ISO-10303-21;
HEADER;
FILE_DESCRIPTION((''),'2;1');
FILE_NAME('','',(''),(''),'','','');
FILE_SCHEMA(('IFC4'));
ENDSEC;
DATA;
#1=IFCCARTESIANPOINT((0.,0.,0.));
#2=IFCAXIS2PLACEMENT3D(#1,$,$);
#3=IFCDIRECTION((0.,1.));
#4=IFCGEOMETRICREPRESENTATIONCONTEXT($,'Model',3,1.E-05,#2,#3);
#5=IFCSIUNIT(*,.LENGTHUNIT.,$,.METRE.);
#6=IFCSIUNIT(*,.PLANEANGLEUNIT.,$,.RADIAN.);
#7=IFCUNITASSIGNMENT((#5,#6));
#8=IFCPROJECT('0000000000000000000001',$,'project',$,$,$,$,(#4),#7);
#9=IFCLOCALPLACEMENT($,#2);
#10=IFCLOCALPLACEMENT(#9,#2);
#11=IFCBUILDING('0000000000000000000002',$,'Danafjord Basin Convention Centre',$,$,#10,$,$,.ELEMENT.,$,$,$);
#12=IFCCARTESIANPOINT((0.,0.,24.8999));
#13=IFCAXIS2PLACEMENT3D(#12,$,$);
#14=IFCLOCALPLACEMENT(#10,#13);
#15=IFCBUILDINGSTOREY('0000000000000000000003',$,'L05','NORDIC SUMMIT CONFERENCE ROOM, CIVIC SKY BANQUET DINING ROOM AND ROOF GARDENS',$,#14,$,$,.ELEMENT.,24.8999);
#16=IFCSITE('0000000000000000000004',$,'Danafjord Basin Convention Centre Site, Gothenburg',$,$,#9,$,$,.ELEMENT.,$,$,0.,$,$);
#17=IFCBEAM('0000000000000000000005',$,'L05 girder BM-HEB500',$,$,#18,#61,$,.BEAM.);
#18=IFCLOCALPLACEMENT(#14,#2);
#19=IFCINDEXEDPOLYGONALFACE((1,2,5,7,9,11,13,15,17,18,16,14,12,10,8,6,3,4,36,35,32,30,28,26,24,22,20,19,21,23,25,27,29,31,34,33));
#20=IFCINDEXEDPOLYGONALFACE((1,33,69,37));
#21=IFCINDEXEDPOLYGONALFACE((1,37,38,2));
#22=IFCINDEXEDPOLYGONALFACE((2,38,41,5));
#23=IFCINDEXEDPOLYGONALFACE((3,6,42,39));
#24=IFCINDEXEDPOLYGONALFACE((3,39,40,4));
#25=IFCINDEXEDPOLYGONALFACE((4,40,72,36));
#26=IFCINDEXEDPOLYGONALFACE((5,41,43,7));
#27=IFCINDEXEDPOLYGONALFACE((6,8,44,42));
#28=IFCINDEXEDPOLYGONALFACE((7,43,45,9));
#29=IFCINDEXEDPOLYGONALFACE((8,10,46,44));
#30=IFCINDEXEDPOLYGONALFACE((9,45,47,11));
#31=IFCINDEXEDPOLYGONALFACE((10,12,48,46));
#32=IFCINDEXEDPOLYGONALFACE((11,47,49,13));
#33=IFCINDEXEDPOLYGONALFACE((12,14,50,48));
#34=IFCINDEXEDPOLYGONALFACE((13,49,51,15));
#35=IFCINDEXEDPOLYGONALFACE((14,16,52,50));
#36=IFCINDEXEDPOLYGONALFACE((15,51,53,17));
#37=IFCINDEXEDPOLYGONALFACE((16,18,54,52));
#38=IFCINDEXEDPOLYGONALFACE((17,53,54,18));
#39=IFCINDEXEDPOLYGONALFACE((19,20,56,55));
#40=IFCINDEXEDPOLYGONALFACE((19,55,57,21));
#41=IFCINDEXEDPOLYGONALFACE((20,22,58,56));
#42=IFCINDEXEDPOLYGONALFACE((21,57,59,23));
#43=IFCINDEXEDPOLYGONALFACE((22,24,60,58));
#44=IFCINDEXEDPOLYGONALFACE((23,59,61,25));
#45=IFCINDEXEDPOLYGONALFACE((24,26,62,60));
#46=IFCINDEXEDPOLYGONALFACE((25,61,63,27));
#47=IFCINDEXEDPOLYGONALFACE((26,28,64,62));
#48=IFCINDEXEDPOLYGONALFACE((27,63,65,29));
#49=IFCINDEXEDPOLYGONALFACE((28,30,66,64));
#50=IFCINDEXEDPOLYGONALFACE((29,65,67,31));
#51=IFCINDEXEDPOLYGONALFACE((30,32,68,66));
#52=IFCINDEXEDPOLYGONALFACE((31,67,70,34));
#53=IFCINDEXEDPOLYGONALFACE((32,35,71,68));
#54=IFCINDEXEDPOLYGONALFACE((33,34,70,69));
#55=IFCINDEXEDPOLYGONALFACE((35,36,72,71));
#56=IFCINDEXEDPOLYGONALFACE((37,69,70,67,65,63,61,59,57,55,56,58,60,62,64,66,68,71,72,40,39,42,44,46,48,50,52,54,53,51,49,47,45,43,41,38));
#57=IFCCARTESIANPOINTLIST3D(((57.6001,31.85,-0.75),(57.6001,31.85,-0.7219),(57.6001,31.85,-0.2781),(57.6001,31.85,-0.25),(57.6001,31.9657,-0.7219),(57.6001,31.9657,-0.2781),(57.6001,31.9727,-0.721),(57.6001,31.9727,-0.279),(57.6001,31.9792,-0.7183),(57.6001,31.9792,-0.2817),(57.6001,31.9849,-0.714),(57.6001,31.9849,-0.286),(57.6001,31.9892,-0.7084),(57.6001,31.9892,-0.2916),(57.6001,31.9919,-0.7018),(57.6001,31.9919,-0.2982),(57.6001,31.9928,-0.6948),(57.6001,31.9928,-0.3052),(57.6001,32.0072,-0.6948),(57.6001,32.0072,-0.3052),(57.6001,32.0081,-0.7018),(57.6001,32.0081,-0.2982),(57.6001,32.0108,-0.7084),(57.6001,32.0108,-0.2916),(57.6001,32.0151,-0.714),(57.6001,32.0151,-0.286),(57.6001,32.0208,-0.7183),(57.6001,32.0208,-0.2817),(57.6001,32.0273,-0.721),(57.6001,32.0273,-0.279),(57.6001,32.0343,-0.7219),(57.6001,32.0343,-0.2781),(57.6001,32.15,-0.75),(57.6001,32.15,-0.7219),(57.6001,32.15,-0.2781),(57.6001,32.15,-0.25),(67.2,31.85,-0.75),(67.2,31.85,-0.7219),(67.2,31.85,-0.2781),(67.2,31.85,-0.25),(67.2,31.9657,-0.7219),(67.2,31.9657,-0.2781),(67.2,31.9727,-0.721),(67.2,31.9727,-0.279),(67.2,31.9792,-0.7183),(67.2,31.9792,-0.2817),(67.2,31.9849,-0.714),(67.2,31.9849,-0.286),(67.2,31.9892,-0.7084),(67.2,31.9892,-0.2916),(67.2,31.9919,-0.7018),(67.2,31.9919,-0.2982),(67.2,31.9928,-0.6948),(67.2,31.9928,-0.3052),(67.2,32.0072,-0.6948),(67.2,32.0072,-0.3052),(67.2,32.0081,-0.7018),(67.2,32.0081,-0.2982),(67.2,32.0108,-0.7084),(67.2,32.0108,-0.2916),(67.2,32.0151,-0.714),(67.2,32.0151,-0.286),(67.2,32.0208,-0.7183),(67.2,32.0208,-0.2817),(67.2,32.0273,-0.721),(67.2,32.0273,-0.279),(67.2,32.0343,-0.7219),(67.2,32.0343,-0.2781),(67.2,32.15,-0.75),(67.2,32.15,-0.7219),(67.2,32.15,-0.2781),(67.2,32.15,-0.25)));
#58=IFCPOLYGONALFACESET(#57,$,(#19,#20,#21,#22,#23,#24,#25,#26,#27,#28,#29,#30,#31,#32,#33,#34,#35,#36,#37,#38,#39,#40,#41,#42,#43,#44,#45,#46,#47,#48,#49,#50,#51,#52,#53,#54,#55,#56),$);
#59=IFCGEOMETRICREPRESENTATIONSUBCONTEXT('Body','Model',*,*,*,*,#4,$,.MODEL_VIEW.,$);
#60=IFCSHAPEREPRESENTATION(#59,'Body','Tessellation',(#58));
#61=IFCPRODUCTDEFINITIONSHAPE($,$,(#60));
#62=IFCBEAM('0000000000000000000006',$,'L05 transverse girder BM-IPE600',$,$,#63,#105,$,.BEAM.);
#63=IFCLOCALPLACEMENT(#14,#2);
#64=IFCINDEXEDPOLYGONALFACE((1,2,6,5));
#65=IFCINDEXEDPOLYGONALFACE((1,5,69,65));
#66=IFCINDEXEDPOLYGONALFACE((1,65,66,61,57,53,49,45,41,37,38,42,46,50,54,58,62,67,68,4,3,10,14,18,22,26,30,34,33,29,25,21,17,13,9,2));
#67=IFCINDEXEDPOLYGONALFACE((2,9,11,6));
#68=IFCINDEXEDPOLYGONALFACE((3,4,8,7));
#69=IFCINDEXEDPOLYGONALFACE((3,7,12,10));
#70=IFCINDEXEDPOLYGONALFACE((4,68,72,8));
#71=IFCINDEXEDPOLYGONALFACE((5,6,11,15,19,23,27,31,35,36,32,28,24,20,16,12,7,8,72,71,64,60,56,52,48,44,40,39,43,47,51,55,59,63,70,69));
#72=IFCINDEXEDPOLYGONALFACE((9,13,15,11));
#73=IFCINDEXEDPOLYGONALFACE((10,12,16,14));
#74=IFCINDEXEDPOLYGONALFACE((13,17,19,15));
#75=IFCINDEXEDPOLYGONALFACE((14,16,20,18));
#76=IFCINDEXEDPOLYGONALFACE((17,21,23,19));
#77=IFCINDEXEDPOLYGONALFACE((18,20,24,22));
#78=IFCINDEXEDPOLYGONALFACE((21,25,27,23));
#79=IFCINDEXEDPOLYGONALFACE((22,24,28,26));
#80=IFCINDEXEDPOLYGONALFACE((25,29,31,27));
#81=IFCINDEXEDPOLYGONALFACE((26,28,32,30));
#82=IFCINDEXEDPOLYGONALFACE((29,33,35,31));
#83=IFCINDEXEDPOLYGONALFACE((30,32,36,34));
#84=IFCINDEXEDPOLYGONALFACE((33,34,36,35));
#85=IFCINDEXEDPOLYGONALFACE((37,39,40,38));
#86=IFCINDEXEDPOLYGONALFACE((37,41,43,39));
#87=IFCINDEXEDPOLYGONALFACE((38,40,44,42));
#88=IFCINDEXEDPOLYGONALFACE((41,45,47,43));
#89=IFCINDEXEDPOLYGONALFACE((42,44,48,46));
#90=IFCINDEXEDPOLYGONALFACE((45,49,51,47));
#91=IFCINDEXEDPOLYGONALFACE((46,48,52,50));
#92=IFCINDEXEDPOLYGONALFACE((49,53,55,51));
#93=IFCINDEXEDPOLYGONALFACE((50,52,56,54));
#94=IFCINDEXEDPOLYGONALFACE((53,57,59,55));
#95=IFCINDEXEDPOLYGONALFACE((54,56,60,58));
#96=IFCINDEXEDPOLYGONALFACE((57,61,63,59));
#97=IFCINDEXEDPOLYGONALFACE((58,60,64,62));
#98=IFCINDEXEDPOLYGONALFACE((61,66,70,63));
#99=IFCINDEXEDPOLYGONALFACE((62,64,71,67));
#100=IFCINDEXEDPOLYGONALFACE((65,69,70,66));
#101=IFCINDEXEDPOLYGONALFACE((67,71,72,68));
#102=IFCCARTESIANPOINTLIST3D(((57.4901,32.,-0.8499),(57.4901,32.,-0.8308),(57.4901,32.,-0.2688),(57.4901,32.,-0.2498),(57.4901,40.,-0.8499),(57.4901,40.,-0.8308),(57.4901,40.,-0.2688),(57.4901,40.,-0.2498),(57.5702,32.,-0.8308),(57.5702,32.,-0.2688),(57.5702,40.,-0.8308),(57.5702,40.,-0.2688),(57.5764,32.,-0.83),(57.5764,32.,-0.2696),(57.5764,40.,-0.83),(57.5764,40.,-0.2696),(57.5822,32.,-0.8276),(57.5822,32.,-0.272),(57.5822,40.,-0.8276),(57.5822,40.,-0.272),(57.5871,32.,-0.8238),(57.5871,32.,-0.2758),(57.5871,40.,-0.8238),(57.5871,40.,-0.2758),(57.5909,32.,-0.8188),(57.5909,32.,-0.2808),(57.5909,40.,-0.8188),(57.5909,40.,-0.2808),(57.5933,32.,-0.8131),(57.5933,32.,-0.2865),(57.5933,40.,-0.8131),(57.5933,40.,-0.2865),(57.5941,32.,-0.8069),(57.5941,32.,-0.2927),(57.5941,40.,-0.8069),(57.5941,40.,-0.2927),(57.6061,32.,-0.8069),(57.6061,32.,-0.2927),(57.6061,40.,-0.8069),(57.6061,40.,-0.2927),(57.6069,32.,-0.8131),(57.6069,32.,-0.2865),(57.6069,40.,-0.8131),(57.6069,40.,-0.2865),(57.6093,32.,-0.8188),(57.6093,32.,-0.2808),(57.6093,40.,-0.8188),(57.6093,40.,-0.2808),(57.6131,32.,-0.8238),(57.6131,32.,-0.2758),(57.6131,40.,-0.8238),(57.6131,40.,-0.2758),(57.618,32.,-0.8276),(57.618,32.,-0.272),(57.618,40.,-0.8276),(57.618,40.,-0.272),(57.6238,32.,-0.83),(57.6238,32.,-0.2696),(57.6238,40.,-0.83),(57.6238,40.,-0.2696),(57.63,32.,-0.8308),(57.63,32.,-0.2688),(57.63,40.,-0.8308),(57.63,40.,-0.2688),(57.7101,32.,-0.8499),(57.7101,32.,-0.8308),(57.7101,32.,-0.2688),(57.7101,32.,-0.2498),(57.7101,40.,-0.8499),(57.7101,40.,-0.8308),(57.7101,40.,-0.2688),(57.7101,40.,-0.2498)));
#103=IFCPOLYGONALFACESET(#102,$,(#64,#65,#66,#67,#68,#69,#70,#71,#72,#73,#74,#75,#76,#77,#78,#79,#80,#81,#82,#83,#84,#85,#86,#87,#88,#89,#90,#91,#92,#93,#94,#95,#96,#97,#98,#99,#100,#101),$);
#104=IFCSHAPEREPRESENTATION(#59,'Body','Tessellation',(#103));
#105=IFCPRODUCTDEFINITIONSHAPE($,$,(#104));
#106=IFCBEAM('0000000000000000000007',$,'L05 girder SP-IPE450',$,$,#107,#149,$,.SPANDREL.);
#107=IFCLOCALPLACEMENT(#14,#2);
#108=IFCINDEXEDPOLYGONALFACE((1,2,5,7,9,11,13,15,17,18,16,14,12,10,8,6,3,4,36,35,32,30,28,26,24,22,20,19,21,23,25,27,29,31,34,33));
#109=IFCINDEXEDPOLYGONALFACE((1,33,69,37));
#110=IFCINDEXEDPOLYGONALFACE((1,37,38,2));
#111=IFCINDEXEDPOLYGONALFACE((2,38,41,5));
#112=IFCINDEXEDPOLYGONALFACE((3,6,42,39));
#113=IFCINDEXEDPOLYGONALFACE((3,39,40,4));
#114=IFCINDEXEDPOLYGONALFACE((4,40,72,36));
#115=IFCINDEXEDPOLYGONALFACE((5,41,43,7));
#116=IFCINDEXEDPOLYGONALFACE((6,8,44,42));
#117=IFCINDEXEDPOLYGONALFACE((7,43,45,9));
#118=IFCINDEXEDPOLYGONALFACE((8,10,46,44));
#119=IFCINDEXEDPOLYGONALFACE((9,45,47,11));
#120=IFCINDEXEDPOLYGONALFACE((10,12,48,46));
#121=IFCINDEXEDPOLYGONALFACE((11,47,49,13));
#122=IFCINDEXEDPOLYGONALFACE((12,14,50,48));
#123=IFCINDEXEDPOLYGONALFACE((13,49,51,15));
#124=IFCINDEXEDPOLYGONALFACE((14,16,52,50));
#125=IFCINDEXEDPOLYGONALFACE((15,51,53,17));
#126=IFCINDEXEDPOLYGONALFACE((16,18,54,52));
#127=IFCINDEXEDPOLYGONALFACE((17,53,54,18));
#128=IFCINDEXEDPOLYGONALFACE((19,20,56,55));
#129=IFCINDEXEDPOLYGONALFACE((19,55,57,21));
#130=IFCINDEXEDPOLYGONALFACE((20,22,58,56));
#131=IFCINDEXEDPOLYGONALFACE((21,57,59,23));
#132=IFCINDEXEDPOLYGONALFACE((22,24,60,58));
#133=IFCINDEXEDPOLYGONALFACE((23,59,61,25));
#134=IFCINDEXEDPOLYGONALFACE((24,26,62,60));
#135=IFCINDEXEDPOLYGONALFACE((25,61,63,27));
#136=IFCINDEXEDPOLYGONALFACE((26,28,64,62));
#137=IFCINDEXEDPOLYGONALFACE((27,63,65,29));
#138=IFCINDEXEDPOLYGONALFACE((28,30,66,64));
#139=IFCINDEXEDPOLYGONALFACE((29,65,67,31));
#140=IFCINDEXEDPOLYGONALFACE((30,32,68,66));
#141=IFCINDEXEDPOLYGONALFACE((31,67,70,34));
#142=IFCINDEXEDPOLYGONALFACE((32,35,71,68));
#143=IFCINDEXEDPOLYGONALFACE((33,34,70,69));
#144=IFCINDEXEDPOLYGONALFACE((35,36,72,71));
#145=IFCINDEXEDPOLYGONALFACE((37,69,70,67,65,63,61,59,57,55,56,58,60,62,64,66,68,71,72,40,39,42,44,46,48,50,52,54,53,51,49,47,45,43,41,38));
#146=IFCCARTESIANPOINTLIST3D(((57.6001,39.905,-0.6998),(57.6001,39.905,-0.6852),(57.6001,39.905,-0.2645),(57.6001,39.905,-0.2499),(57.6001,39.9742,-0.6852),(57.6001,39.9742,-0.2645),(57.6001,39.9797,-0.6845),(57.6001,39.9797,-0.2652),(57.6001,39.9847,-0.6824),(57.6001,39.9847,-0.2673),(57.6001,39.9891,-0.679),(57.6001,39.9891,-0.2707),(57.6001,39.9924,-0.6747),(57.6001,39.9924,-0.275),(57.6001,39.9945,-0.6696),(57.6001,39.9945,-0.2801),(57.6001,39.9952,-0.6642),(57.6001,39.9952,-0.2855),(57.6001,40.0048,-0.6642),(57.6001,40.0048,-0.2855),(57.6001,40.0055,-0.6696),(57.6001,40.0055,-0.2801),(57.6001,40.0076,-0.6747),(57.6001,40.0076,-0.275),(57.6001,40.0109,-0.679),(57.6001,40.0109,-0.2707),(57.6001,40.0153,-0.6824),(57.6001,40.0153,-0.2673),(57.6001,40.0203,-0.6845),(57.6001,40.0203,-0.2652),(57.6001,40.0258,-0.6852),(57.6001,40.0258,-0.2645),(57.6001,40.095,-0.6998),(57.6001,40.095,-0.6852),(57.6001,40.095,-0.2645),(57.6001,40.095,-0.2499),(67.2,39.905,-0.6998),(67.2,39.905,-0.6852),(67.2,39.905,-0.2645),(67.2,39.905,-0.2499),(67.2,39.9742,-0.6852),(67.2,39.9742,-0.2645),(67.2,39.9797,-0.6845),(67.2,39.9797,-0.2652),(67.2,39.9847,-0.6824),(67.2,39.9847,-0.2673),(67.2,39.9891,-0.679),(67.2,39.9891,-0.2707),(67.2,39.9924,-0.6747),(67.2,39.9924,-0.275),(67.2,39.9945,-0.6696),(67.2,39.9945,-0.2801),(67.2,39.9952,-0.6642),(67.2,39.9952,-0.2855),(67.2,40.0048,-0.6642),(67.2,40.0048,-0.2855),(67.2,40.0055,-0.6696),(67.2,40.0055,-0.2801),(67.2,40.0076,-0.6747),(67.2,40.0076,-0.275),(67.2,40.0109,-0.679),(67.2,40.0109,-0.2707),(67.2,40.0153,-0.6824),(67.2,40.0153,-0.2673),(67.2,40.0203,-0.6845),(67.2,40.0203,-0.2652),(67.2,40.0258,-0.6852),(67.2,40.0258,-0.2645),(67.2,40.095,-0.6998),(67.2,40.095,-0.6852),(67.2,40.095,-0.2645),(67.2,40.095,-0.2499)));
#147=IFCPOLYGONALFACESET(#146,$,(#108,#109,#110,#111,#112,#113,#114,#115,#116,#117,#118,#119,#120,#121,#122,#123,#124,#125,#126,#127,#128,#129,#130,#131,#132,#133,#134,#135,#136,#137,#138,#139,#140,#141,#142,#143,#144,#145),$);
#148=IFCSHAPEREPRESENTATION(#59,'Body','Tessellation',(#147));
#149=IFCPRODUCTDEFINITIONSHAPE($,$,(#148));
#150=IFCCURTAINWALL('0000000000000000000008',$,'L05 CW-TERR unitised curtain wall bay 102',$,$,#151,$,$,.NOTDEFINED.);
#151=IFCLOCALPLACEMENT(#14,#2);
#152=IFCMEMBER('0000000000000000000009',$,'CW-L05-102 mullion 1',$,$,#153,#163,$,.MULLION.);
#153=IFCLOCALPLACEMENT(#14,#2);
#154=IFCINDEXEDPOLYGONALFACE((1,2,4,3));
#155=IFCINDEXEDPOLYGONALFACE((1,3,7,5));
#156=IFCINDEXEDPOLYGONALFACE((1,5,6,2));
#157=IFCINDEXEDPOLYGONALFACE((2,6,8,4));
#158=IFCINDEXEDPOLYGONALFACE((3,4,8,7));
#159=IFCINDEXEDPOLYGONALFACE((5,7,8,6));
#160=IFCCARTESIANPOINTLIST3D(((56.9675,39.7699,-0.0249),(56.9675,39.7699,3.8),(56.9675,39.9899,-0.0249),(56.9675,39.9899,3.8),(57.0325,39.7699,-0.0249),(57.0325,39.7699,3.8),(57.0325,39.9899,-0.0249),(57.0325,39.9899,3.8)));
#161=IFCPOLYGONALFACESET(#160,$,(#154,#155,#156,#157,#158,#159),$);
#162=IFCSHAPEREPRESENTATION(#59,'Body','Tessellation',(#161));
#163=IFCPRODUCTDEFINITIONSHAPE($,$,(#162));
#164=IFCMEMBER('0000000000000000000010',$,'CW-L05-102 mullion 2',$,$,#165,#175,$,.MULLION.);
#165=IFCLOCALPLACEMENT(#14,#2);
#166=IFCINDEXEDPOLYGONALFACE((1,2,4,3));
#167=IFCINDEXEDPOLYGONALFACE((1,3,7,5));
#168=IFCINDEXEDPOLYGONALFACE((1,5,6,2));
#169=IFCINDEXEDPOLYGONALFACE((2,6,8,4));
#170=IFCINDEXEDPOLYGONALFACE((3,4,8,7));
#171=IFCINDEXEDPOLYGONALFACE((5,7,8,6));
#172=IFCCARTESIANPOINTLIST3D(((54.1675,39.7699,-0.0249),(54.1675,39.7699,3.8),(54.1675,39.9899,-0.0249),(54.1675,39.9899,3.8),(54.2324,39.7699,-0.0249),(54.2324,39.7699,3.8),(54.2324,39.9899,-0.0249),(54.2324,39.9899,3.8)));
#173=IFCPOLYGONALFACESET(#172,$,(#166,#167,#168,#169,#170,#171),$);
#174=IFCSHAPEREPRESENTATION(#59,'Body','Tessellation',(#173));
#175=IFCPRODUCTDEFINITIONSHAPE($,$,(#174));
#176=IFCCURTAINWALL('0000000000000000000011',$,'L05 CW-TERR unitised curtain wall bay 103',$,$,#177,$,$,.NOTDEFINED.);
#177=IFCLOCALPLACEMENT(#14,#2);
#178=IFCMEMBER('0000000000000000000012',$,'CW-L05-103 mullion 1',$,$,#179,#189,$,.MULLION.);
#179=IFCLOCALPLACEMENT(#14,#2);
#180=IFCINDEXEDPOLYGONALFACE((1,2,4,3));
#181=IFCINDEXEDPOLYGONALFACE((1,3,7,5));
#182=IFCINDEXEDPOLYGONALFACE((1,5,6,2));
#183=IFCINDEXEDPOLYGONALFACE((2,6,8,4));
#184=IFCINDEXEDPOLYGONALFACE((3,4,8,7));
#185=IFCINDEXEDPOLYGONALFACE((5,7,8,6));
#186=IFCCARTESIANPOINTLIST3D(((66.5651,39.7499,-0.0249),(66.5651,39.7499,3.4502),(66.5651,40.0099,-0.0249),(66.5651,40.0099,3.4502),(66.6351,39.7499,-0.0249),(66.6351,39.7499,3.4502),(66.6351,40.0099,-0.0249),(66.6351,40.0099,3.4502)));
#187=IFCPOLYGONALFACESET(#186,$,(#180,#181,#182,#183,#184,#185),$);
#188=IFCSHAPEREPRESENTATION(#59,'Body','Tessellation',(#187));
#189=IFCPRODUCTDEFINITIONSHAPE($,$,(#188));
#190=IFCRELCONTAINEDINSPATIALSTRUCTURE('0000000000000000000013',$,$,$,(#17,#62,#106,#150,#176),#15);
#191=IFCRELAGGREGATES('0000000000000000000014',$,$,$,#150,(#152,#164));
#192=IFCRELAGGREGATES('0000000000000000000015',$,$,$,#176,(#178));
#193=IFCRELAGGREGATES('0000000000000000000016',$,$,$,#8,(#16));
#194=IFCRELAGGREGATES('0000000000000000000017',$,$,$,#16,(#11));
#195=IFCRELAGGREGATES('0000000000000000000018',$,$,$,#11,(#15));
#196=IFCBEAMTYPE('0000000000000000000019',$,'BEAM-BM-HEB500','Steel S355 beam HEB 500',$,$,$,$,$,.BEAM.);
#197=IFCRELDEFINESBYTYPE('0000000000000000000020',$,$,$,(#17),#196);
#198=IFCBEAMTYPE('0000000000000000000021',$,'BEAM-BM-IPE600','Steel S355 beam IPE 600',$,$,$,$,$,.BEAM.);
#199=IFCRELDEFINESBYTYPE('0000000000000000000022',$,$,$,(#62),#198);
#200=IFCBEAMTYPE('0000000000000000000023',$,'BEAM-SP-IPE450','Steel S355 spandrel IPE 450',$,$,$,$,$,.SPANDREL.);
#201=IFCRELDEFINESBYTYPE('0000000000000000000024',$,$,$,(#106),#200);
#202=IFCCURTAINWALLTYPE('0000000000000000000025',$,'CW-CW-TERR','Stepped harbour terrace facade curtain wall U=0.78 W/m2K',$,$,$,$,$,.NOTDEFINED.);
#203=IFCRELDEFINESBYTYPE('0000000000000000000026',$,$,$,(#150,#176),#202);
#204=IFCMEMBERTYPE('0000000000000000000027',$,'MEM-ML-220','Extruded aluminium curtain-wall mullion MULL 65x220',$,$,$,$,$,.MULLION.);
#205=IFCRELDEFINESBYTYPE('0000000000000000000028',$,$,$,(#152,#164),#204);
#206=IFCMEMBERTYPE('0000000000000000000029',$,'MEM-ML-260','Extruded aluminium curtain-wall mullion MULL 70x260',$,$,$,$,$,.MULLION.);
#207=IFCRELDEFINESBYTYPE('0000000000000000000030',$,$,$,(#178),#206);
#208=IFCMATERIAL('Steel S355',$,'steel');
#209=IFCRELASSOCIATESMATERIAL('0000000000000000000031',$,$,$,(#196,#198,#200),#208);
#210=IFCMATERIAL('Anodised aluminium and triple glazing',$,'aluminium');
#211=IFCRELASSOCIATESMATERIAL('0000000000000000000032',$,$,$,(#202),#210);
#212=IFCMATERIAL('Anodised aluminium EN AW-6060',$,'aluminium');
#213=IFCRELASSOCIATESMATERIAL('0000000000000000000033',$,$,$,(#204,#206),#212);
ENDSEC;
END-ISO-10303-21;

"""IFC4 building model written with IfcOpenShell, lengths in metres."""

from ifc_helpers import new_model, si_unit, direction, frame, origin, origin_2d, place, context, subcontext, project, spatial, rectangle, i_section, extrude, material, material_profile, profile_set, type_object, element, aggregate, save


model = new_model("IFC4")

# Units and contexts
model_context = context("Model", 3, precision=1e-05, world=origin(), true_north=direction((0.0, 1.0)))
body_context = subcontext(model_context, "Body", "Model", "MODEL_VIEW")
ifc_project = project(units=[si_unit("LENGTHUNIT", "METRE"), si_unit("PLANEANGLEUNIT", "RADIAN")], contexts=[model_context])

# Site, building, storey
site_placement = place(None, origin())
site = spatial("IfcSite", under=ifc_project, at=site_placement, Name="Danafjord Basin Convention Centre Site, Gothenburg", CompositionType="ELEMENT", RefElevation=0.0)
building_placement = place(site_placement, origin())
building = spatial("IfcBuilding", under=site, at=building_placement, Name="Danafjord Basin Convention Centre", CompositionType="ELEMENT")
storey_placement = place(building_placement, frame((0.0, 0.0, 24.8999)))
storey = spatial("IfcBuildingStorey", under=building, at=storey_placement, Name="L05", Description="NORDIC SUMMIT CONFERENCE ROOM, CIVIC SKY BANQUET DINING ROOM AND ROOF GARDENS", CompositionType="ELEMENT", Elevation=24.8999)

# Shared definitions
ifc_material_1 = material(Name="Steel S355", Category="steel")

# Beams
ifc_material_profile_1 = material_profile(ifc_material_1, i_section(OverallWidth=0.3, OverallDepth=0.5, WebThickness=0.0144, FlangeThickness=0.0281, FilletRadius=0.0271, at=origin_2d()), Name="HEB 500")
ifc_profile_set_1 = profile_set([ifc_material_profile_1], Name="Steel S355")
beam_type_1 = type_object("IfcBeamType", Name="BEAM-BM-HEB500", Description="Steel S355 beam HEB 500", PredefinedType="BEAM", material=ifc_profile_set_1)
beam_1_placement = place(storey_placement, frame((57.6001, 32.0, -0.5), z_axis=(1.0, 0.0, 0.0), x_axis=(0.0, 1.0, 0.0)))
element("IfcBeam", 1, at=beam_1_placement, inside=storey, type_object=beam_type_1, Name="L05 girder BM-HEB500", PredefinedType="BEAM", context=body_context, shape_type="SweptSolid", body=[
    extrude(i_section(OverallWidth=0.3, OverallDepth=0.5, WebThickness=0.0144, FlangeThickness=0.0281, FilletRadius=0.0271, at=origin_2d()), origin(), (0.0, 0.0, 1.0), 9.5999),
])
ifc_material_profile_2 = material_profile(ifc_material_1, i_section(OverallWidth=0.22, OverallDepth=0.6001, WebThickness=0.012, FlangeThickness=0.019, FilletRadius=0.0239, at=origin_2d()), Name="IPE 600")
ifc_profile_set_2 = profile_set([ifc_material_profile_2], Name="Steel S355")
beam_type_2 = type_object("IfcBeamType", Name="BEAM-BM-IPE600", Description="Steel S355 beam IPE 600", PredefinedType="BEAM", material=ifc_profile_set_2)
beam_2_placement = place(storey_placement, frame((57.6001, 32.0, -0.5498), z_axis=(0.0, 1.0, 0.0), x_axis=(-1.0, 0.0, 0.0)))
element("IfcBeam", 2, at=beam_2_placement, inside=storey, type_object=beam_type_2, Name="L05 transverse girder BM-IPE600", PredefinedType="BEAM", context=body_context, shape_type="SweptSolid", body=[
    extrude(i_section(OverallWidth=0.22, OverallDepth=0.6001, WebThickness=0.012, FlangeThickness=0.019, FilletRadius=0.0239, at=origin_2d()), origin(), (0.0, 0.0, 1.0), 8.0),
])
ifc_material_profile_3 = material_profile(ifc_material_1, i_section(OverallWidth=0.1899, OverallDepth=0.45, WebThickness=0.0095, FlangeThickness=0.0146, FilletRadius=0.021, at=origin_2d()), Name="IPE 450")
ifc_profile_set_3 = profile_set([ifc_material_profile_3], Name="Steel S355")
beam_type_3 = type_object("IfcBeamType", Name="BEAM-SP-IPE450", Description="Steel S355 spandrel IPE 450", PredefinedType="SPANDREL", material=ifc_profile_set_3)
beam_3_placement = place(storey_placement, frame((57.6001, 40.0, -0.4749), z_axis=(1.0, 0.0, 0.0), x_axis=(0.0, 1.0, 0.0)))
element("IfcBeam", 3, at=beam_3_placement, inside=storey, type_object=beam_type_3, Name="L05 girder SP-IPE450", PredefinedType="SPANDREL", context=body_context, shape_type="SweptSolid", body=[
    extrude(i_section(OverallWidth=0.1899, OverallDepth=0.45, WebThickness=0.0095, FlangeThickness=0.0146, FilletRadius=0.021, at=origin_2d()), origin(), (0.0, 0.0, 1.0), 9.5999),
])

# Curtain walls, members
ifc_material_2 = material(Name="Anodised aluminium and triple glazing", Category="aluminium")
curtain_wall_type = type_object("IfcCurtainWallType", Name="CW-CW-TERR", Description="Stepped harbour terrace facade curtain wall U=0.78 W/m2K", PredefinedType="NOTDEFINED", material=ifc_material_2)
curtain_wall_1_placement = place(storey_placement, origin())
curtain_wall_1 = element("IfcCurtainWall", 4, at=curtain_wall_1_placement, inside=storey, type_object=curtain_wall_type, Name="L05 CW-TERR unitised curtain wall bay 102", PredefinedType="NOTDEFINED")
ifc_material_3 = material(Name="Anodised aluminium EN AW-6060", Category="aluminium")
ifc_material_profile_4 = material_profile(ifc_material_3, rectangle(XDim=0.0649, YDim=0.22, at=origin_2d()), Name="MULL 65x220")
ifc_profile_set_4 = profile_set([ifc_material_profile_4], Name="Anodised aluminium EN AW-6060")
member_type_1 = type_object("IfcMemberType", Name="MEM-ML-220", Description="Extruded aluminium curtain-wall mullion MULL 65x220", PredefinedType="MULLION", material=ifc_profile_set_4)
member_1_placement = place(storey_placement, frame((57.0, 39.8799, -0.0249), z_axis=(0.0, 0.0, 1.0), x_axis=(-1.0, 0.0, 0.0)))
member_1 = element("IfcMember", 5, at=member_1_placement, type_object=member_type_1, Name="CW-L05-102 mullion 1", PredefinedType="MULLION", context=body_context, shape_type="SweptSolid", body=[
    extrude(rectangle(XDim=0.0649, YDim=0.22, at=origin_2d()), origin(), (0.0, 0.0, 1.0), 3.825),
])
member_2_placement = place(storey_placement, frame((54.2, 39.8799, -0.0249), z_axis=(0.0, 0.0, 1.0), x_axis=(-1.0, 0.0, 0.0)))
member_2 = element("IfcMember", 6, at=member_2_placement, type_object=member_type_1, Name="CW-L05-102 mullion 2", PredefinedType="MULLION", context=body_context, shape_type="SweptSolid", body=[
    extrude(rectangle(XDim=0.0649, YDim=0.22, at=origin_2d()), origin(), (0.0, 0.0, 1.0), 3.825),
])
curtain_wall_2_placement = place(storey_placement, origin())
curtain_wall_2 = element("IfcCurtainWall", 7, at=curtain_wall_2_placement, inside=storey, type_object=curtain_wall_type, Name="L05 CW-TERR unitised curtain wall bay 103", PredefinedType="NOTDEFINED")
ifc_material_profile_5 = material_profile(ifc_material_3, rectangle(XDim=0.0701, YDim=0.26, at=origin_2d()), Name="MULL 70x260")
ifc_profile_set_5 = profile_set([ifc_material_profile_5], Name="Anodised aluminium EN AW-6060")
member_type_2 = type_object("IfcMemberType", Name="MEM-ML-260", Description="Extruded aluminium curtain-wall mullion MULL 70x260", PredefinedType="MULLION", material=ifc_profile_set_5)
member_3_placement = place(storey_placement, frame((66.6001, 39.8799, -0.0249), z_axis=(0.0, 0.0, 1.0), x_axis=(-1.0, 0.0, 0.0)))
member_3 = element("IfcMember", 8, at=member_3_placement, type_object=member_type_2, Name="CW-L05-103 mullion 1", PredefinedType="MULLION", context=body_context, shape_type="SweptSolid", body=[
    extrude(rectangle(XDim=0.0701, YDim=0.26, at=origin_2d()), origin(), (0.0, 0.0, 1.0), 3.4751),
])

aggregate(curtain_wall_1, [member_1, member_2])
aggregate(curtain_wall_2, [member_3])

save(model, "model.ifc")
